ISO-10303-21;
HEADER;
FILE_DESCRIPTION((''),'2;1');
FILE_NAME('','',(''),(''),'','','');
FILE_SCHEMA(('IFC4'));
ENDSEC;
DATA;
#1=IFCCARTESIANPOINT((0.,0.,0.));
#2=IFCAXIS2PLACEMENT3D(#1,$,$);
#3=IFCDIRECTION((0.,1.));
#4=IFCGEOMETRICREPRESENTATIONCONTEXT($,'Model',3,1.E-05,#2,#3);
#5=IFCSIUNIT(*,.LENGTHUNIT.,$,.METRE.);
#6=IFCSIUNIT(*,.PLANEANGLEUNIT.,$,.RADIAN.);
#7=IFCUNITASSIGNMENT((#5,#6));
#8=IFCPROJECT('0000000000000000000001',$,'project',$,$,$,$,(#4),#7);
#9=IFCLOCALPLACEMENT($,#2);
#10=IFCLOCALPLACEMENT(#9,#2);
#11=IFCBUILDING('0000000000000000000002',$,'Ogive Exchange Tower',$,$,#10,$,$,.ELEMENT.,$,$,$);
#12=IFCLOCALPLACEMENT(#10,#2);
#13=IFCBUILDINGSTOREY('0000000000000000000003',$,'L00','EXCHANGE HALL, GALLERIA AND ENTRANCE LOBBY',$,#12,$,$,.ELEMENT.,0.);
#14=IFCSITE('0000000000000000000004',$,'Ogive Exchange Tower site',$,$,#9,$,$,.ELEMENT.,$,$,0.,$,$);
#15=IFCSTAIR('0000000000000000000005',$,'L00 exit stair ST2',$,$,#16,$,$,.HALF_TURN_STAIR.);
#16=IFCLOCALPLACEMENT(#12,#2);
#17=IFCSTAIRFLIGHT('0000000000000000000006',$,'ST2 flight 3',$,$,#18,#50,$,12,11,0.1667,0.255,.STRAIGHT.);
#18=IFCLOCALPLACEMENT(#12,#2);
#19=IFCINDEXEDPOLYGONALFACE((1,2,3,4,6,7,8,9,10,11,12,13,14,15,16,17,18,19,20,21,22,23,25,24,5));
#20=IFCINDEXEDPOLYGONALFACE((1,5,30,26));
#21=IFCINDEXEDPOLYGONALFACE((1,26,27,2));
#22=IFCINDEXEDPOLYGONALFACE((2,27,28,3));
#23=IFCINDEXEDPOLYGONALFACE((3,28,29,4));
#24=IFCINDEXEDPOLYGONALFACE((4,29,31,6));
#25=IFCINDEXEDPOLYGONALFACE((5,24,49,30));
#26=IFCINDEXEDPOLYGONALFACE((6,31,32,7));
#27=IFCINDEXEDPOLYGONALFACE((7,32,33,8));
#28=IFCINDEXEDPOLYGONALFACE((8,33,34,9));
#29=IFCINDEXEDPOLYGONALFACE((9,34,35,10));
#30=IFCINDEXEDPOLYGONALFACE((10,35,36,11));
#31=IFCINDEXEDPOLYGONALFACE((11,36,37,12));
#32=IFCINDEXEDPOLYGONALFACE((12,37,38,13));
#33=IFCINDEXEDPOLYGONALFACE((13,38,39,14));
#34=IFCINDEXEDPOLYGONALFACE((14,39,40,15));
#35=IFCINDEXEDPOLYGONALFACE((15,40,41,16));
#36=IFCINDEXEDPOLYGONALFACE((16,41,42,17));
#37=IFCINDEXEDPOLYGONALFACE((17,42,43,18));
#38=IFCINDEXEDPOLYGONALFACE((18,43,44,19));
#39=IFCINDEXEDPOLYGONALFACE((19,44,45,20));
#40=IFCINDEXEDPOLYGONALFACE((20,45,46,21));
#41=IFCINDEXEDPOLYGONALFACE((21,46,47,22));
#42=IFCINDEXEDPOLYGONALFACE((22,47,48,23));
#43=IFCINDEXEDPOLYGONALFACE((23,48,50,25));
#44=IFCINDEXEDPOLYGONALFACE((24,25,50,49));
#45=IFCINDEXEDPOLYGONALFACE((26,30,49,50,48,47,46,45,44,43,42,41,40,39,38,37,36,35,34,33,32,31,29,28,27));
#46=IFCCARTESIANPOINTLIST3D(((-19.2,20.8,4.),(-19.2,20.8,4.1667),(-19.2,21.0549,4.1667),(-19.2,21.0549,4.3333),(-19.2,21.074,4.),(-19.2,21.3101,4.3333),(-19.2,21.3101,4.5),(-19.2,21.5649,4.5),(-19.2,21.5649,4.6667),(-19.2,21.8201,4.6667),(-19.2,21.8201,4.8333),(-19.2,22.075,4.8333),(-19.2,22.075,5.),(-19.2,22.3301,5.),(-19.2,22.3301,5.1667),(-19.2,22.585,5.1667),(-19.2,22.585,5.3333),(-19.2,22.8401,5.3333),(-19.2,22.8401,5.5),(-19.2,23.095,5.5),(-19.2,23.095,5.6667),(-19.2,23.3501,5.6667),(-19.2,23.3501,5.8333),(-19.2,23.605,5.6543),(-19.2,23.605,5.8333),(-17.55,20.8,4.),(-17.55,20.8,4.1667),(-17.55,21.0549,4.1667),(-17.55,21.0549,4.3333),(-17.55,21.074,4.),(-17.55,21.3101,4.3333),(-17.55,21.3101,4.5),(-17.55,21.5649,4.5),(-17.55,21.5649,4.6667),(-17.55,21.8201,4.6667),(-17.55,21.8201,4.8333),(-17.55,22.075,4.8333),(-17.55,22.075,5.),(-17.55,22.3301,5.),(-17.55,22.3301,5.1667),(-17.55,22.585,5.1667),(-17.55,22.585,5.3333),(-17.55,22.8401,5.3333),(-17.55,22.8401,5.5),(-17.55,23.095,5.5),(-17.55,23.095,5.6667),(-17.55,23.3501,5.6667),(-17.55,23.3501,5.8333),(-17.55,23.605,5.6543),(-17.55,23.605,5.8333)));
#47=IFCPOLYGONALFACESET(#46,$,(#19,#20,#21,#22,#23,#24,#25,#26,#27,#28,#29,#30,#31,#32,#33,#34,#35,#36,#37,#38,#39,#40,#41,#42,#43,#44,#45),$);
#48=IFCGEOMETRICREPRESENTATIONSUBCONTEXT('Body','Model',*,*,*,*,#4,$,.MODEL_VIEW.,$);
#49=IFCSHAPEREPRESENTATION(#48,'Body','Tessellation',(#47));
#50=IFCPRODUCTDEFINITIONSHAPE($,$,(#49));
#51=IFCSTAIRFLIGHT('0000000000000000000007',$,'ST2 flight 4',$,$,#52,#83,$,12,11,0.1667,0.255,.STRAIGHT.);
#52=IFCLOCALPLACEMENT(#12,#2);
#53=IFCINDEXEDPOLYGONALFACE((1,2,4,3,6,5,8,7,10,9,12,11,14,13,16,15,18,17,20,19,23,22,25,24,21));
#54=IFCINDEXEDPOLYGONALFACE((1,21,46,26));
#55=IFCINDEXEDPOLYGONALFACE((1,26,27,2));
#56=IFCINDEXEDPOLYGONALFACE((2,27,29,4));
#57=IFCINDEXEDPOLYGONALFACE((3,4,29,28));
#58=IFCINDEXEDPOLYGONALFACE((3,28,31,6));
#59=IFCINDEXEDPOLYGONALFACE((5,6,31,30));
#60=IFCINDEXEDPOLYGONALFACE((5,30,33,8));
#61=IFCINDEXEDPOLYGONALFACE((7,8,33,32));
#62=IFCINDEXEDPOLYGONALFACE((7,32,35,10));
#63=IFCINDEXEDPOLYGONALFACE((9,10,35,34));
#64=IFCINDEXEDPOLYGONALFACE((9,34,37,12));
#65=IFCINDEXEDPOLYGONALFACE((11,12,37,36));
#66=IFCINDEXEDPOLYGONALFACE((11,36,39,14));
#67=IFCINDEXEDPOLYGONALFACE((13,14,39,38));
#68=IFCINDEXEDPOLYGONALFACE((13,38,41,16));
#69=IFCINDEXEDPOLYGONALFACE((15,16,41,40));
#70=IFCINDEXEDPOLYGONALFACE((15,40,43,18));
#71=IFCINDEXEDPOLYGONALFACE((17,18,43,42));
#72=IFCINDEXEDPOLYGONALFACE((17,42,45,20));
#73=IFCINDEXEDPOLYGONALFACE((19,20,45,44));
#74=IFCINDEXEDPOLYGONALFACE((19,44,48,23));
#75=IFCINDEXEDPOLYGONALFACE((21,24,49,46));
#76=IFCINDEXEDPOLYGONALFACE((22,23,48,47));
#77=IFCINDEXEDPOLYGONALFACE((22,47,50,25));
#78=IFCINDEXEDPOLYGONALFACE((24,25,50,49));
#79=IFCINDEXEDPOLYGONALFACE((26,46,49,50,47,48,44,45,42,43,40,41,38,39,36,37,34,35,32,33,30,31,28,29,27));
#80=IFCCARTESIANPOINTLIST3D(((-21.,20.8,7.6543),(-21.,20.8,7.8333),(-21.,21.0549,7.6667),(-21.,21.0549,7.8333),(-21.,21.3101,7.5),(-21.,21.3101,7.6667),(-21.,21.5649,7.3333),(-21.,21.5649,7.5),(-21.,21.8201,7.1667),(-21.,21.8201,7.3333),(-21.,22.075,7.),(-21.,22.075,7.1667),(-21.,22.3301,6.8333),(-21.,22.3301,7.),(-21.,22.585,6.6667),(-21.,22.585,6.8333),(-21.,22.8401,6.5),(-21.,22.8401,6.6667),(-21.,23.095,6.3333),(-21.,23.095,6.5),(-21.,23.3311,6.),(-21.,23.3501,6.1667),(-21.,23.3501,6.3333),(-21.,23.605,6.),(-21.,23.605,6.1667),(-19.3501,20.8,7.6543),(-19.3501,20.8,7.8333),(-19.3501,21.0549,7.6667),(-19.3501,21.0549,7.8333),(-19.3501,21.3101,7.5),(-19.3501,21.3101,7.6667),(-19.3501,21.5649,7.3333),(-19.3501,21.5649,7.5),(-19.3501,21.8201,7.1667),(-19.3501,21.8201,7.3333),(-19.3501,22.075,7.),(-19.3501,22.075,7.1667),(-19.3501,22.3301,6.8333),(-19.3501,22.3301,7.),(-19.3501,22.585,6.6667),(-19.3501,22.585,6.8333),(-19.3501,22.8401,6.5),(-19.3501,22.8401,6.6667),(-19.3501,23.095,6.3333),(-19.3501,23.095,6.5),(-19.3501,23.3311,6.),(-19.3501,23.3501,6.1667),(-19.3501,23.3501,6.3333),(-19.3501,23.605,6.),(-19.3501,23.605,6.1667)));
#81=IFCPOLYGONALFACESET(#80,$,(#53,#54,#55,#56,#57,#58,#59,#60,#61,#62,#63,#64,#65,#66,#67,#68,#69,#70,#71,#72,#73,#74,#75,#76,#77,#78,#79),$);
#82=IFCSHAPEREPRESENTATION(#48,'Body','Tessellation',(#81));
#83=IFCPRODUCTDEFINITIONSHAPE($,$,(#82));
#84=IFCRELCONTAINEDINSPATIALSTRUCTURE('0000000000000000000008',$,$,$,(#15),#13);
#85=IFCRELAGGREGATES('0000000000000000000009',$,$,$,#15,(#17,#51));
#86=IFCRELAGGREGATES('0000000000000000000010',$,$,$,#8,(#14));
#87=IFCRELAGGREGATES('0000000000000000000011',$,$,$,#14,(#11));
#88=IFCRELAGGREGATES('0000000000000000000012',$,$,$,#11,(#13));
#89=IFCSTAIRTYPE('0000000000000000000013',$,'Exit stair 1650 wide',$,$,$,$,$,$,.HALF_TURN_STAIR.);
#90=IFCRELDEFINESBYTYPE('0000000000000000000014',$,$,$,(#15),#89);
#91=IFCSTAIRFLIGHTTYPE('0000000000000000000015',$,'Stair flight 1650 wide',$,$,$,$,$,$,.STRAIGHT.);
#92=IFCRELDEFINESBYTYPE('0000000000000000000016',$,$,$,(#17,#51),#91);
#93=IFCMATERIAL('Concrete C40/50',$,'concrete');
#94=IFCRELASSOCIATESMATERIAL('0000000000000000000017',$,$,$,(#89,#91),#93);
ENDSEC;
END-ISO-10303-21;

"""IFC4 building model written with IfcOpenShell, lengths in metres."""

from ifc_helpers import new_model, si_unit, direction, frame, origin, place, context, subcontext, project, spatial, polyline, outline, extrude, material, type_object, element, aggregate, save


model = new_model("IFC4")

# Units and contexts
model_context = context("Model", 3, precision=1e-05, world=origin(), true_north=direction((0.0, 1.0)))
body_context = subcontext(model_context, "Body", "Model", "MODEL_VIEW")
ifc_project = project(units=[si_unit("LENGTHUNIT", "METRE"), si_unit("PLANEANGLEUNIT", "RADIAN")], contexts=[model_context])

# Site, building, storey
site_placement = place(None, origin())
site = spatial("IfcSite", under=ifc_project, at=site_placement, Name="Ogive Exchange Tower site", CompositionType="ELEMENT", RefElevation=0.0)
building_placement = place(site_placement, origin())
building = spatial("IfcBuilding", under=site, at=building_placement, Name="Ogive Exchange Tower", CompositionType="ELEMENT")
storey_placement = place(building_placement, origin())
storey = spatial("IfcBuildingStorey", under=building, at=storey_placement, Name="L00", Description="EXCHANGE HALL, GALLERIA AND ENTRANCE LOBBY", CompositionType="ELEMENT", Elevation=0.0)

# Stair, stair flights
ifc_material_1 = material(Name="Concrete C40/50", Category="concrete")
stair_type = type_object("IfcStairType", Name="Exit stair 1650 wide", PredefinedType="HALF_TURN_STAIR", material=ifc_material_1)
stair_placement = place(storey_placement, origin())
stair = element("IfcStair", 1, at=stair_placement, inside=storey, type_object=stair_type, Name="L00 exit stair ST2", PredefinedType="HALF_TURN_STAIR")
stair_flight_type = type_object("IfcStairFlightType", Name="Stair flight 1650 wide", PredefinedType="STRAIGHT", material=ifc_material_1)
stair_flight_1_placement = place(storey_placement, frame((-18.375, 20.8, 4.0), z_axis=(0.0, 0.0, 1.0), x_axis=(0.0, 1.0, 0.0)))
stair_flight_1 = element("IfcStairFlight", 2, at=stair_flight_1_placement, type_object=stair_flight_type, Name="ST2 flight 3", NumberOfRisers=12, NumberOfTreads=11, PredefinedType="STRAIGHT", RiserHeight=0.1667, TreadLength=0.255, context=body_context, shape_type="SweptSolid", body=[
    extrude(outline(polyline([(0.0, 0.0), (0.0, 0.1667), (0.2549, 0.1667), (0.2549, 0.3333), (0.51, 0.3333), (0.51, 0.5), (0.7649, 0.5), (0.7649, 0.6667), (1.02, 0.6667), (1.02, 0.8333), (1.2749, 0.8333), (1.2749, 1.0), (1.53, 1.0), (1.53, 1.1667), (1.7849, 1.1667), (1.7849, 1.3333), (2.04, 1.3333), (2.04, 1.5), (2.2949, 1.5), (2.2949, 1.6667), (2.55, 1.6667), (2.55, 1.8333), (2.8049, 1.8333), (2.8049, 2.0), (2.8049, 1.6543), (0.2739, 0.0), (0.0, 0.0)])), frame((0.0, 0.825, 0.0), z_axis=(0.0, -1.0, 0.0), x_axis=(1.0, 0.0, 0.0)), (0.0, 0.0, 1.0), 1.6499),
])
stair_flight_2_placement = place(storey_placement, frame((-20.175, 23.605, 6.0), z_axis=(0.0, 0.0, 1.0), x_axis=(0.0, -1.0, 0.0)))
stair_flight_2 = element("IfcStairFlight", 3, at=stair_flight_2_placement, type_object=stair_flight_type, Name="ST2 flight 4", NumberOfRisers=12, NumberOfTreads=11, PredefinedType="STRAIGHT", RiserHeight=0.1667, TreadLength=0.255, context=body_context, shape_type="SweptSolid", body=[
    extrude(outline(polyline([(0.0, 0.0), (0.0, 0.1667), (0.2549, 0.1667), (0.2549, 0.3333), (0.51, 0.3333), (0.51, 0.5), (0.7649, 0.5), (0.7649, 0.6667), (1.02, 0.6667), (1.02, 0.8333), (1.2749, 0.8333), (1.2749, 1.0), (1.53, 1.0), (1.53, 1.1667), (1.7849, 1.1667), (1.7849, 1.3333), (2.04, 1.3333), (2.04, 1.5), (2.2949, 1.5), (2.2949, 1.6667), (2.55, 1.6667), (2.55, 1.8333), (2.8049, 1.8333), (2.8049, 2.0), (2.8049, 1.6543), (0.2739, 0.0), (0.0, 0.0)])), frame((0.0, 0.825, 0.0), z_axis=(0.0, -1.0, 0.0), x_axis=(1.0, 0.0, 0.0)), (0.0, 0.0, 1.0), 1.6499),
])
aggregate(stair, [stair_flight_1, stair_flight_2])

save(model, "model.ifc")
